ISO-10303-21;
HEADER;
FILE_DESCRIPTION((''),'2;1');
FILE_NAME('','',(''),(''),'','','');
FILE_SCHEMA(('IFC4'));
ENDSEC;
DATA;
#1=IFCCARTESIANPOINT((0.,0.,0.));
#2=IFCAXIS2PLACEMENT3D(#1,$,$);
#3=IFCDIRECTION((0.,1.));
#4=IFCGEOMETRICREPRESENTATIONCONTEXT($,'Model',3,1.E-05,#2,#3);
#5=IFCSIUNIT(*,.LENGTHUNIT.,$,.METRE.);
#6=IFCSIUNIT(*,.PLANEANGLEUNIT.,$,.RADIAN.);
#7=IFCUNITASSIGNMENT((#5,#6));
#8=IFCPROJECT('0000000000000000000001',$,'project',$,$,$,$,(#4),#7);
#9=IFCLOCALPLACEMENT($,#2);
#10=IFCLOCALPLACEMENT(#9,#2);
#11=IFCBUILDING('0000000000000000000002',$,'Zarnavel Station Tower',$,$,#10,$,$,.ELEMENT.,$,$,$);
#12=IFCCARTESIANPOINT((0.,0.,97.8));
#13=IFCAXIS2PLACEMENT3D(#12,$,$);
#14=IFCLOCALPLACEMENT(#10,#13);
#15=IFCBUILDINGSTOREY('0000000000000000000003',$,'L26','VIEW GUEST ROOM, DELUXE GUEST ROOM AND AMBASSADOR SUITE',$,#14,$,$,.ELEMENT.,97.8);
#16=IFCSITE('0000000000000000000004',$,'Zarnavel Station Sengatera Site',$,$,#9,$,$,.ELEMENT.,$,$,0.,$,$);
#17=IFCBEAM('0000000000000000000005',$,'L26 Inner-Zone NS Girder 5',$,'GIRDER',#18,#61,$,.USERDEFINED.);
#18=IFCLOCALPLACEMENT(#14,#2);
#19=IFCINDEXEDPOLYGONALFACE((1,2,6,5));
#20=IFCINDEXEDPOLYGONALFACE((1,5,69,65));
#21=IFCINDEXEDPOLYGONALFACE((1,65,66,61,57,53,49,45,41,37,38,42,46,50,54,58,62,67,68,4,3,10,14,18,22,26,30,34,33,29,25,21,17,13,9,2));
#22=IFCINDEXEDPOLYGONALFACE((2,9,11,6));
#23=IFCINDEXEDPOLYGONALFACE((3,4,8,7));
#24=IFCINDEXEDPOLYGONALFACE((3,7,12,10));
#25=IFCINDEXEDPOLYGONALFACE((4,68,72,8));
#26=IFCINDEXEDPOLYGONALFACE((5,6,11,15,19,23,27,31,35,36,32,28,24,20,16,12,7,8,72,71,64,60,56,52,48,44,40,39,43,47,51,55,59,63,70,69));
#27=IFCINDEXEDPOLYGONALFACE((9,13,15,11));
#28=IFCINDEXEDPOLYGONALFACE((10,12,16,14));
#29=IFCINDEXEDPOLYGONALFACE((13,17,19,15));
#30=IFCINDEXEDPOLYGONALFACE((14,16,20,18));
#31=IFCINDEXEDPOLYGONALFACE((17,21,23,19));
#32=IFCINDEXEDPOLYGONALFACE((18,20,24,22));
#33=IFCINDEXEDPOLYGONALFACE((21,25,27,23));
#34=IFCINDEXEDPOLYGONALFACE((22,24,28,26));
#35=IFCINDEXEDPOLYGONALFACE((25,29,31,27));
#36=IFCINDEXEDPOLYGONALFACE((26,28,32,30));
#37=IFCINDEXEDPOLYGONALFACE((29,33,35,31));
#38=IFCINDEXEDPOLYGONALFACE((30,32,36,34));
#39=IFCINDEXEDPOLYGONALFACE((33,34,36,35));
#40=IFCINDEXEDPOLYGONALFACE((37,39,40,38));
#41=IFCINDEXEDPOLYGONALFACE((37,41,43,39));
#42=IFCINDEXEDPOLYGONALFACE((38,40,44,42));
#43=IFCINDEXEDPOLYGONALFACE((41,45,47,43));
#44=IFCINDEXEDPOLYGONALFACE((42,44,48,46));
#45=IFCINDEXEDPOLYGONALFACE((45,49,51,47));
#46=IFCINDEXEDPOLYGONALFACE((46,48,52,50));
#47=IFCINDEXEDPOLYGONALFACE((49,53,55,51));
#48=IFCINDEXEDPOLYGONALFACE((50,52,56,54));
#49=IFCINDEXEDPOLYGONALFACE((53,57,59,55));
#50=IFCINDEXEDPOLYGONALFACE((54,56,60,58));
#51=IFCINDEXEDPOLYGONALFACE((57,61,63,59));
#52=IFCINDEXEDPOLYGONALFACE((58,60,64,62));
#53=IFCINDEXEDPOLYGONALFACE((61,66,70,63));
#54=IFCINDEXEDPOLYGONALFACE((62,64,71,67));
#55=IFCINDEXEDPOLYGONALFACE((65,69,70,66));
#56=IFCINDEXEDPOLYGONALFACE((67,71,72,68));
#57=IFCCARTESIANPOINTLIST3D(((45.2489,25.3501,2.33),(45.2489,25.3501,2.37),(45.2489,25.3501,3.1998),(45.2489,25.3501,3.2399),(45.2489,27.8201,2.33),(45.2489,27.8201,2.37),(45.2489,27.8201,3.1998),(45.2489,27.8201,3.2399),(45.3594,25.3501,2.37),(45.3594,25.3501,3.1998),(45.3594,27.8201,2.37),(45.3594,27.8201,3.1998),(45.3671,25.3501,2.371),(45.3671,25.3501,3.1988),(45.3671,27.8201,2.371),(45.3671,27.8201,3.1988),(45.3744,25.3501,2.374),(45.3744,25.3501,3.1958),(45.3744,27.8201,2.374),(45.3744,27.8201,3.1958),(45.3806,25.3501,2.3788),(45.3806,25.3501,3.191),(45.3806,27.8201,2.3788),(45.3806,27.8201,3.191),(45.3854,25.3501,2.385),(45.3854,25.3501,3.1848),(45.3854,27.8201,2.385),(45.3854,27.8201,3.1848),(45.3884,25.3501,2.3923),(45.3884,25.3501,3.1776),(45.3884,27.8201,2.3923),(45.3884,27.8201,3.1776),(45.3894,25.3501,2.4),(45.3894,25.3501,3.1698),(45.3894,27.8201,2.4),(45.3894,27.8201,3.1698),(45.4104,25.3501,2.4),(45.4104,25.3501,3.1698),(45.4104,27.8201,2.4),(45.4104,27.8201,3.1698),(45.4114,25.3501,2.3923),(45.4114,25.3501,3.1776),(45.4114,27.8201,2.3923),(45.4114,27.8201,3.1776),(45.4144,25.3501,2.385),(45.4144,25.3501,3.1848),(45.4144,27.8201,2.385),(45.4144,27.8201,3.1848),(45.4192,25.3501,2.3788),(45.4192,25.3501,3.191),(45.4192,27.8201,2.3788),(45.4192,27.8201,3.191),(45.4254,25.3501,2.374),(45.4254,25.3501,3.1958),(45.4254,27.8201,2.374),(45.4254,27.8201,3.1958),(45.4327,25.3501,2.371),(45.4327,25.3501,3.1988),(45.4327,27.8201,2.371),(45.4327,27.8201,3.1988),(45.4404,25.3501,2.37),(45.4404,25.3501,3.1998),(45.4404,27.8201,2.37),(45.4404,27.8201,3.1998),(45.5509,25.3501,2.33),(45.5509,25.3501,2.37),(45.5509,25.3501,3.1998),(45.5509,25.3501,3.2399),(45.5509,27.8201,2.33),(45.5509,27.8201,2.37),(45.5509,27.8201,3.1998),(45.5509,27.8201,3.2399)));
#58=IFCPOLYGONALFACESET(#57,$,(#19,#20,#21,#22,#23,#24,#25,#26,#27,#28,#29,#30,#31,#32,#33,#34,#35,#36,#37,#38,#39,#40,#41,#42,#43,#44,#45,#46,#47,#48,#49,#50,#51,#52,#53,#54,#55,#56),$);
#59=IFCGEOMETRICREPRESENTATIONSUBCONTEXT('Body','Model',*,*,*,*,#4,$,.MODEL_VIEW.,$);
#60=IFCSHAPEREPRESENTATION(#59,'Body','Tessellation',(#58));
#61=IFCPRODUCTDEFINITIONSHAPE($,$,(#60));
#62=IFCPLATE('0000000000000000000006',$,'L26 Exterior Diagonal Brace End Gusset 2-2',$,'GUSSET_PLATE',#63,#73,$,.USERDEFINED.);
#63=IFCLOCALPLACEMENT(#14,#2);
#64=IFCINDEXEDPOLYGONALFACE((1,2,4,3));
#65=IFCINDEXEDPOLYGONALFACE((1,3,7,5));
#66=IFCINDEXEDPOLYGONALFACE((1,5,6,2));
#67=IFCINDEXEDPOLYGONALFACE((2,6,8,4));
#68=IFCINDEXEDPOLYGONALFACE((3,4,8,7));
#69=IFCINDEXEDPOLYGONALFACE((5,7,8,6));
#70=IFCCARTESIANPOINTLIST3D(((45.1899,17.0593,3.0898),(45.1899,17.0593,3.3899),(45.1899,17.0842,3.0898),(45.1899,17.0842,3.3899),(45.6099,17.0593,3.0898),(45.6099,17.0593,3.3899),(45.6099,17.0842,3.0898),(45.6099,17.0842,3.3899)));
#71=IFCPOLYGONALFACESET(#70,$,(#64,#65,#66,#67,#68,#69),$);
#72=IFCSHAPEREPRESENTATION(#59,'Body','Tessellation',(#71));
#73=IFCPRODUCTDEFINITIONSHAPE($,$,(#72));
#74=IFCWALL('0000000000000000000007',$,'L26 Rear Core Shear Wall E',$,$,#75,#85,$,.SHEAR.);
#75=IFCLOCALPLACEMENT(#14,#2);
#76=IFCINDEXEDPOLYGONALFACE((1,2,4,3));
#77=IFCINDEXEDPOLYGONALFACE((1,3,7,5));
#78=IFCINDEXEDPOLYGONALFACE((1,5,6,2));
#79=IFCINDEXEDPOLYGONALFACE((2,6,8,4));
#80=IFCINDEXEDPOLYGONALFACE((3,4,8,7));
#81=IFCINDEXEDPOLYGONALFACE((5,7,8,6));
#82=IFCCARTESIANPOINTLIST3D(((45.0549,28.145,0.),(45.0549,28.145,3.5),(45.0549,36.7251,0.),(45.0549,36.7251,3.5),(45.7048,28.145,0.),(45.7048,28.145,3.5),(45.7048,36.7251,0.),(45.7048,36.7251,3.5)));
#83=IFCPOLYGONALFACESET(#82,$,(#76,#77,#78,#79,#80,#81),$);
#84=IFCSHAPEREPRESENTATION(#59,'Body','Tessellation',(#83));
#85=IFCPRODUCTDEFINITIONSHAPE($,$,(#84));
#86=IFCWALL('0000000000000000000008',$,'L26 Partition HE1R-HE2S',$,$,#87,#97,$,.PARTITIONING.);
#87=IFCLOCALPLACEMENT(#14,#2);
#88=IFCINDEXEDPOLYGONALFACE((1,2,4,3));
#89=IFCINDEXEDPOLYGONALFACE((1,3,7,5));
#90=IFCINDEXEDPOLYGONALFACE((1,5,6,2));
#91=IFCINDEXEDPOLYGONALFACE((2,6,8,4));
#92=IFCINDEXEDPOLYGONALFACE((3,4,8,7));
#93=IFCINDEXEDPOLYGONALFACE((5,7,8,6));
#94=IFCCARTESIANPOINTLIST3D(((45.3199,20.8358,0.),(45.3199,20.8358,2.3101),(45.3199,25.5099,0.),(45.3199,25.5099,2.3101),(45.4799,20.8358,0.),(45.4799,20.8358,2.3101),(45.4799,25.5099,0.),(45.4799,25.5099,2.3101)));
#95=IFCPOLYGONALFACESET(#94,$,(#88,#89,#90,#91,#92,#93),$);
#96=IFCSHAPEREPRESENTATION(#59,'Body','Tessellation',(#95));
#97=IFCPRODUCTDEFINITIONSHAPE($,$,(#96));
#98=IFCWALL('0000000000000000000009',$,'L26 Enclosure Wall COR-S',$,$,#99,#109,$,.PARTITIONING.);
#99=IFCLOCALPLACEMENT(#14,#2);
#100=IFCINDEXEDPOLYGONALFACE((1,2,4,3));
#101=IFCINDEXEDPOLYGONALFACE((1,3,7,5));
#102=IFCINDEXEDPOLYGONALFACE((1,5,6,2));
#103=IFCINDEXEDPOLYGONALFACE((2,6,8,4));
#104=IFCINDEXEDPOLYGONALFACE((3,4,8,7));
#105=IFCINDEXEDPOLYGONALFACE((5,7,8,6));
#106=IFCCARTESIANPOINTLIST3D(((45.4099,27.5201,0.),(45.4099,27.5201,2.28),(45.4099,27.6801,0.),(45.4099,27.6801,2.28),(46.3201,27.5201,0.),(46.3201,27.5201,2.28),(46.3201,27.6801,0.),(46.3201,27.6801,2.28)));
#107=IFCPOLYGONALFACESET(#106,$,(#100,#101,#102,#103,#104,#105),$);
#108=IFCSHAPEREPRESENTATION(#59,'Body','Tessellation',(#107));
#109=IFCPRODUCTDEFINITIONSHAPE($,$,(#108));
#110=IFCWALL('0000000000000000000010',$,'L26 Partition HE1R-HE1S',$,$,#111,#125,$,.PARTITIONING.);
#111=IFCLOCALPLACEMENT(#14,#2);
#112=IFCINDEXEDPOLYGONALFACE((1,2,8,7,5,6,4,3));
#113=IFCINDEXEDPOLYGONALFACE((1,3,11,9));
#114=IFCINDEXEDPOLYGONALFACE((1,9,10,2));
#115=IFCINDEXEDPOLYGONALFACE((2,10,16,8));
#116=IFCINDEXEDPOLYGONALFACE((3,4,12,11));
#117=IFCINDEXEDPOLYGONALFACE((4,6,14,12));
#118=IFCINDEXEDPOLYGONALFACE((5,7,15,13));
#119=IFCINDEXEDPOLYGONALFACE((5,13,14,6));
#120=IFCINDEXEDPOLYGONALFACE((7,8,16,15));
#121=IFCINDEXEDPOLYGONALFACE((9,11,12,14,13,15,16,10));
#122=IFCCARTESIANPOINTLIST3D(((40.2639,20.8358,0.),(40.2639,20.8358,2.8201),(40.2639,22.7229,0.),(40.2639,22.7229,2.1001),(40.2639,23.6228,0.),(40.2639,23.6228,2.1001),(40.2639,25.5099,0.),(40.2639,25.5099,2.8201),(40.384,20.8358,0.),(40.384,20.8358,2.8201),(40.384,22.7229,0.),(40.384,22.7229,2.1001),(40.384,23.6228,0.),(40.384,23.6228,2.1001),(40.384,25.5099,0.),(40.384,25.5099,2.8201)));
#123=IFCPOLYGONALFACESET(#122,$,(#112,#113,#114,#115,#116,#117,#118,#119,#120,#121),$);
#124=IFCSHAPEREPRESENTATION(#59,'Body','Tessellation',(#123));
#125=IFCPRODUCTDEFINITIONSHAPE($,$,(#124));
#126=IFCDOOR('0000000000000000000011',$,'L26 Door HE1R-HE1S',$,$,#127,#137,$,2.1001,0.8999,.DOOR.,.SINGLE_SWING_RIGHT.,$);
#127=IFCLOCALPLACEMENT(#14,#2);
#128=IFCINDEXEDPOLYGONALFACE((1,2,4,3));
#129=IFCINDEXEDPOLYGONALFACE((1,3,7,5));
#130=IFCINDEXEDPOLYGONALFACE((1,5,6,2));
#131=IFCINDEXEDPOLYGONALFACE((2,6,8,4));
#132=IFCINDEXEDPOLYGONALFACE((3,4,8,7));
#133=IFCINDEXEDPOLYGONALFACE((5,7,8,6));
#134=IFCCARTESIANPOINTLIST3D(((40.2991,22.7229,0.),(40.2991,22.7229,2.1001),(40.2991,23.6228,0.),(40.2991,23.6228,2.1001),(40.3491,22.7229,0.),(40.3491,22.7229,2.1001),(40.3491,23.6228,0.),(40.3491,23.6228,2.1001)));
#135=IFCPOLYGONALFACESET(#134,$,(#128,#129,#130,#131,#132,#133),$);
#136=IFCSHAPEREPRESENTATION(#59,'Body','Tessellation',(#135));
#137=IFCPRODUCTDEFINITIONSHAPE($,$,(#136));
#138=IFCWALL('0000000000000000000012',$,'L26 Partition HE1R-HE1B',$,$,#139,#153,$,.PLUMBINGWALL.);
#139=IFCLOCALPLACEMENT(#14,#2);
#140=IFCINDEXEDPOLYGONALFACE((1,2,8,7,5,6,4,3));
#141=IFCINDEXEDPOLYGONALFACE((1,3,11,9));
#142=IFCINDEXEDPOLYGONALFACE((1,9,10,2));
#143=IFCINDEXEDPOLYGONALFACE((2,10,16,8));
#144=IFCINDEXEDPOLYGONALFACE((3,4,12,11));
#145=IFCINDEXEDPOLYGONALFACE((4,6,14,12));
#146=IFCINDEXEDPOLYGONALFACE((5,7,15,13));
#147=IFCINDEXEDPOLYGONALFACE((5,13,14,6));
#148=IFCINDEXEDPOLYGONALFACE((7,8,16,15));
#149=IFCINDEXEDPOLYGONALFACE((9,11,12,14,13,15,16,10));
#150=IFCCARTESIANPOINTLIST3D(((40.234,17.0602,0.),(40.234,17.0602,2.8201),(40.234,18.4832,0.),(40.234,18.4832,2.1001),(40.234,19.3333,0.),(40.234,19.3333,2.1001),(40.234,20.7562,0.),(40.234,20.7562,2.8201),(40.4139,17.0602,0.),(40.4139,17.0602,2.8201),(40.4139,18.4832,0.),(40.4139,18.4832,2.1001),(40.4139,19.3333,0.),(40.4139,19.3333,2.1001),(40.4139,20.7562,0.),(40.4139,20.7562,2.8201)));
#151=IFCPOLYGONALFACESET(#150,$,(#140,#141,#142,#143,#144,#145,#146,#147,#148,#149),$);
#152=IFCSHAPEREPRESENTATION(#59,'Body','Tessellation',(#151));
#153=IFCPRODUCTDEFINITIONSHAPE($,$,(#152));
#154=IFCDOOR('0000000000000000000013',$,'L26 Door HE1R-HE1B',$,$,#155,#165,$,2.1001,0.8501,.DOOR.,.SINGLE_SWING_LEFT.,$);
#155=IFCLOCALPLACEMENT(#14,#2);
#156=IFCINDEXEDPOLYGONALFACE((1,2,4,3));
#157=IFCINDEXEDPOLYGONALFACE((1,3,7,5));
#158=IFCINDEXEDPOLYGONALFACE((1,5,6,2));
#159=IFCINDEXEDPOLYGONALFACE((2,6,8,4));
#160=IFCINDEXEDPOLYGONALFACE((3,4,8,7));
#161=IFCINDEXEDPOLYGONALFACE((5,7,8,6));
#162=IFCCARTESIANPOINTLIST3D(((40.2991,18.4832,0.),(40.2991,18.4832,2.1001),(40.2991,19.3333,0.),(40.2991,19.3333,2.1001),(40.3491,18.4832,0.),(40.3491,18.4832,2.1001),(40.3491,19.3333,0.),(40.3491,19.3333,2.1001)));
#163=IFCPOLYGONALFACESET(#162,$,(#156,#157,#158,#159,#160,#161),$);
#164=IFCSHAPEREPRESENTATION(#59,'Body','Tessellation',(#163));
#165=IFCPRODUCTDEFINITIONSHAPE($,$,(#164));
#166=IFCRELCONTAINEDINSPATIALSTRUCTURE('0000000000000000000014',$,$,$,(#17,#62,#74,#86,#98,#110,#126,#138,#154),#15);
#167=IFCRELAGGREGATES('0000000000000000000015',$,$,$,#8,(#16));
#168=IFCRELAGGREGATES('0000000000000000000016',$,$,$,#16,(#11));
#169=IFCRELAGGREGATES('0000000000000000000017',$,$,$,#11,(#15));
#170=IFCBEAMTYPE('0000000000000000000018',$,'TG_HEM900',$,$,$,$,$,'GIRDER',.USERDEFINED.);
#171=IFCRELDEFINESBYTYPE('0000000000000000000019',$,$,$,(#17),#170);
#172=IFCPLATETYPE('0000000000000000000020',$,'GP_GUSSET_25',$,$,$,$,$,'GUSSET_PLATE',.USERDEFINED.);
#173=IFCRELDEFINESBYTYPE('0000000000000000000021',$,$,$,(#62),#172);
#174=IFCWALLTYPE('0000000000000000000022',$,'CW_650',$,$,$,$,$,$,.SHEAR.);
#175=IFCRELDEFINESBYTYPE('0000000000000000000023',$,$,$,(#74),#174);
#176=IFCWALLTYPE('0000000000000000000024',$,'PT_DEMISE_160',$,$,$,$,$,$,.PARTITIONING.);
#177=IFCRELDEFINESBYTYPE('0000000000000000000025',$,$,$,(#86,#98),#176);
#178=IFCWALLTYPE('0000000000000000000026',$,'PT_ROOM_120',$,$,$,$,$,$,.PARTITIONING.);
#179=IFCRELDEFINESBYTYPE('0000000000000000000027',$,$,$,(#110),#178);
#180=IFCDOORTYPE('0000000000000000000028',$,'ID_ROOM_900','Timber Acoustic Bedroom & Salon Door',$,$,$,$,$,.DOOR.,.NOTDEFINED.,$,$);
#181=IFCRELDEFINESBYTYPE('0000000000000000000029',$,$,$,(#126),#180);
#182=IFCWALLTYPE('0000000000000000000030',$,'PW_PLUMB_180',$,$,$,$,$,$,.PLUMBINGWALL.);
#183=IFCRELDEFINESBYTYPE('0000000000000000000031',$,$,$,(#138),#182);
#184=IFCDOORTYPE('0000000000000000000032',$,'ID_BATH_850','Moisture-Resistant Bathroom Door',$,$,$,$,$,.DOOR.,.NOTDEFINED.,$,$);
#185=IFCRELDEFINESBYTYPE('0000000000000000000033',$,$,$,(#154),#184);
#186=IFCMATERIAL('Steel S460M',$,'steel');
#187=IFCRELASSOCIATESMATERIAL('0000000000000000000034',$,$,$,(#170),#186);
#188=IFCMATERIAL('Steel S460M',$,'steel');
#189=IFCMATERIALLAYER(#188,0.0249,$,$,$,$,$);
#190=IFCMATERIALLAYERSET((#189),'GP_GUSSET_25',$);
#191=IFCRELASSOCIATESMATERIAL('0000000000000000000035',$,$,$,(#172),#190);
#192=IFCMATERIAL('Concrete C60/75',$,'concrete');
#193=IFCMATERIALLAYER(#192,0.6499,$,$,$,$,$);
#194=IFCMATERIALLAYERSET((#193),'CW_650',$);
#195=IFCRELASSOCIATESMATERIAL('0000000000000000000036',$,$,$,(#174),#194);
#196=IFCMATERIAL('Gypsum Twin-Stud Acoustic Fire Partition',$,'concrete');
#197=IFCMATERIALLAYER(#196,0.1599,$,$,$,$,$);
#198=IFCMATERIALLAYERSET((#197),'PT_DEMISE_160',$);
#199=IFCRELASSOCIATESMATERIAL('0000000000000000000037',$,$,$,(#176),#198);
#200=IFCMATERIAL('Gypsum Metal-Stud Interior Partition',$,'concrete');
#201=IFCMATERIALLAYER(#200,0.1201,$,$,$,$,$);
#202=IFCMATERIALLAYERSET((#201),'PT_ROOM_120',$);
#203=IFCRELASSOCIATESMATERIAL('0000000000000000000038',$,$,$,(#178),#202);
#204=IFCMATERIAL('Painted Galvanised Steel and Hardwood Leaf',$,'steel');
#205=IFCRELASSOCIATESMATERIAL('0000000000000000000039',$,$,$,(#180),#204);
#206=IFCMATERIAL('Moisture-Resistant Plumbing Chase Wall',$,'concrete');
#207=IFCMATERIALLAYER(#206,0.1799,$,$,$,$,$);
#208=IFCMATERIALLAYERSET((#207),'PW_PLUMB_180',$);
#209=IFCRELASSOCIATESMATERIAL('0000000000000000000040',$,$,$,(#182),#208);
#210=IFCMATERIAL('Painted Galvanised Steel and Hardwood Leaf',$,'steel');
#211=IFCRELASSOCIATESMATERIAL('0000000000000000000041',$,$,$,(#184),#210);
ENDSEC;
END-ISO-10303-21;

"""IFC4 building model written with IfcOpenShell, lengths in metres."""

from ifc_helpers import new_model, si_unit, direction, frame, frame_2d, origin, origin_2d, place, context, subcontext, project, spatial, rectangle, i_section, extrude, material, layer, layer_set, material_profile, profile_set, type_object, element, fill, save


model = new_model("IFC4")

# Units and contexts
model_context = context("Model", 3, precision=1e-05, world=origin(), true_north=direction((0.0, 1.0)))
body_context = subcontext(model_context, "Body", "Model", "MODEL_VIEW")
ifc_project = project(units=[si_unit("LENGTHUNIT", "METRE"), si_unit("PLANEANGLEUNIT", "RADIAN")], contexts=[model_context])

# Site, building, storey
site_placement = place(None, origin())
site = spatial("IfcSite", under=ifc_project, at=site_placement, Name="Zarnavel Station Sengatera Site", CompositionType="ELEMENT", RefElevation=0.0)
building_placement = place(site_placement, origin())
building = spatial("IfcBuilding", under=site, at=building_placement, Name="Zarnavel Station Tower", CompositionType="ELEMENT")
storey_placement = place(building_placement, frame((0.0, 0.0, 97.8)))
storey = spatial("IfcBuildingStorey", under=building, at=storey_placement, Name="L26", Description="VIEW GUEST ROOM, DELUXE GUEST ROOM AND AMBASSADOR SUITE", CompositionType="ELEMENT", Elevation=97.8)

# Beam
ifc_material_1 = material(Name="Steel S460M", Category="steel")
ifc_material_profile_1 = material_profile(ifc_material_1, i_section(OverallWidth=0.302, OverallDepth=0.9099, WebThickness=0.021, FlangeThickness=0.04, FilletRadius=0.03, at=origin_2d()), Name="HEM900")
ifc_profile_set_1 = profile_set([ifc_material_profile_1], Name="Steel S460M")
beam_type_1 = type_object("IfcBeamType", Name="TG_HEM900", ElementType="GIRDER", PredefinedType="USERDEFINED", material=ifc_profile_set_1)
beam_1_placement = place(storey_placement, frame((45.3999, 25.3501, 2.7849), z_axis=(0.0, 1.0, 0.0), x_axis=(-1.0, 0.0, 0.0)))
element("IfcBeam", 1, at=beam_1_placement, inside=storey, type_object=beam_type_1, Name="L26 Inner-Zone NS Girder 5", ObjectType="GIRDER", PredefinedType="USERDEFINED", context=body_context, shape_type="SweptSolid", body=[
    extrude(i_section(OverallWidth=0.302, OverallDepth=0.9099, WebThickness=0.021, FlangeThickness=0.04, FilletRadius=0.03, at=origin_2d()), origin(), (0.0, 0.0, 1.0), 2.47),
])

# Plate
ifc_material_2 = material(Name="Steel S460M", Category="steel")
ifc_layer_1 = layer(ifc_material_2, 0.0249)
ifc_layer_set_1 = layer_set([ifc_layer_1], Name="GP_GUSSET_25")
plate_type = type_object("IfcPlateType", Name="GP_GUSSET_25", ElementType="GUSSET_PLATE", PredefinedType="USERDEFINED", material=ifc_layer_set_1)
plate_placement = place(storey_placement, frame((45.3999, 17.0718, 3.0898), z_axis=(0.0, 0.0, 1.0), x_axis=(1.0, 0.0, 0.0)))
element("IfcPlate", 2, at=plate_placement, inside=storey, type_object=plate_type, Name="L26 Exterior Diagonal Brace End Gusset 2-2", ObjectType="GUSSET_PLATE", PredefinedType="USERDEFINED", context=body_context, shape_type="SweptSolid", body=[
    extrude(rectangle(XDim=0.4199, YDim=0.0249, at=origin_2d()), origin(), (0.0, 0.0, 1.0), 0.3),
])

# Shared definitions
ifc_material_3 = material(Name="Concrete C60/75", Category="concrete")
ifc_layer_2 = layer(ifc_material_3, 0.6499)
ifc_layer_set_2 = layer_set([ifc_layer_2], Name="CW_650")
wall_type_1 = type_object("IfcWallType", Name="CW_650", PredefinedType="SHEAR", material=ifc_layer_set_2)

# Wall
wall_1_placement = place(storey_placement, frame((45.3799, 28.145, 0.0), z_axis=(0.0, 0.0, 1.0), x_axis=(0.0, 1.0, 0.0)))
element("IfcWall", 3, at=wall_1_placement, inside=storey, type_object=wall_type_1, Name="L26 Rear Core Shear Wall E", PredefinedType="SHEAR", context=body_context, shape_type="SweptSolid", body=[
    extrude(rectangle(XDim=8.5801, YDim=0.6499, at=frame_2d((4.29, 0.0))), origin(), (0.0, 0.0, 1.0), 3.5),
])

# Shared definitions
ifc_material_4 = material(Name="Gypsum Twin-Stud Acoustic Fire Partition", Category="concrete")
ifc_layer_3 = layer(ifc_material_4, 0.1599)
ifc_layer_set_3 = layer_set([ifc_layer_3], Name="PT_DEMISE_160")
wall_type_2 = type_object("IfcWallType", Name="PT_DEMISE_160", PredefinedType="PARTITIONING", material=ifc_layer_set_3)

# Walls
wall_2_placement = place(storey_placement, frame((45.3999, 20.8359, 0.0), z_axis=(0.0, 0.0, 1.0), x_axis=(0.0, 1.0, 0.0)))
element("IfcWall", 4, at=wall_2_placement, inside=storey, type_object=wall_type_2, Name="L26 Partition HE1R-HE2S", PredefinedType="PARTITIONING", context=body_context, shape_type="SweptSolid", body=[
    extrude(rectangle(XDim=4.6741, YDim=0.1599, at=frame_2d((2.3369, 0.0))), origin(), (0.0, 0.0, 1.0), 2.3101),
])
wall_3_placement = place(storey_placement, frame((45.4099, 27.6001, 0.0), z_axis=(0.0, 0.0, 1.0), x_axis=(1.0, 0.0, 0.0)))
element("IfcWall", 5, at=wall_3_placement, inside=storey, type_object=wall_type_2, Name="L26 Enclosure Wall COR-S", PredefinedType="PARTITIONING", context=body_context, shape_type="SweptSolid", body=[
    extrude(rectangle(XDim=0.9102, YDim=0.1599, at=frame_2d((0.4551, 0.0))), origin(), (0.0, 0.0, 1.0), 2.28),
])

# Walls, openings, doors
ifc_material_5 = material(Name="Gypsum Metal-Stud Interior Partition", Category="concrete")
ifc_layer_4 = layer(ifc_material_5, 0.1201)
ifc_layer_set_4 = layer_set([ifc_layer_4], Name="PT_ROOM_120")
wall_type_3 = type_object("IfcWallType", Name="PT_ROOM_120", PredefinedType="PARTITIONING", material=ifc_layer_set_4)
wall_4_placement = place(storey_placement, frame((40.324, 20.8359, 0.0), z_axis=(0.0, 0.0, 1.0), x_axis=(0.0, 1.0, 0.0)))
wall_4 = element("IfcWall", 6, at=wall_4_placement, inside=storey, type_object=wall_type_3, Name="L26 Partition HE1R-HE1S", PredefinedType="PARTITIONING", context=body_context, shape_type="SweptSolid", body=[
    extrude(rectangle(XDim=4.6741, YDim=0.1201, at=frame_2d((2.3369, 0.0))), origin(), (0.0, 0.0, 1.0), 2.8201),
])
opening_1_placement = place(wall_4_placement, frame((1.887, 0.0, 0.0)))
opening_1 = element("IfcOpeningElement", 7, at=opening_1_placement, cuts=wall_4, PredefinedType="OPENING", context=body_context, shape_type="SweptSolid", body=[
    extrude(rectangle(XDim=0.8999, YDim=2.1001, at=frame_2d((0.45, 1.05))), frame((0.0, 0.0701, 0.0), z_axis=(0.0, -1.0, 0.0), x_axis=(1.0, 0.0, 0.0)), (0.0, 0.0, 1.0), 0.1401),
])
ifc_material_6 = material(Name="Painted Galvanised Steel and Hardwood Leaf", Category="steel")
door_type_1 = type_object("IfcDoorType", Name="ID_ROOM_900", Description="Timber Acoustic Bedroom & Salon Door", OperationType="NOTDEFINED", PredefinedType="DOOR", material=ifc_material_6)
door_1_placement = place(opening_1_placement, origin())
door_1 = element("IfcDoor", 8, at=door_1_placement, inside=storey, type_object=door_type_1, Name="L26 Door HE1R-HE1S", OperationType="SINGLE_SWING_RIGHT", OverallHeight=2.1001, OverallWidth=0.8999, PredefinedType="DOOR", context=body_context, shape_type="SweptSolid", body=[
    extrude(rectangle(XDim=0.8999, YDim=2.1001, at=frame_2d((0.45, 1.05))), frame((0.0, 0.0249, 0.0), z_axis=(0.0, -1.0, 0.0), x_axis=(1.0, 0.0, 0.0)), (0.0, 0.0, 1.0), 0.05),
])
fill(opening_1, door_1)
ifc_material_7 = material(Name="Moisture-Resistant Plumbing Chase Wall", Category="concrete")
ifc_layer_5 = layer(ifc_material_7, 0.1799)
ifc_layer_set_5 = layer_set([ifc_layer_5], Name="PW_PLUMB_180")
wall_type_4 = type_object("IfcWallType", Name="PW_PLUMB_180", PredefinedType="PLUMBINGWALL", material=ifc_layer_set_5)
wall_5_placement = place(storey_placement, frame((40.324, 17.0601, 0.0), z_axis=(0.0, 0.0, 1.0), x_axis=(0.0, 1.0, 0.0)))
wall_5 = element("IfcWall", 9, at=wall_5_placement, inside=storey, type_object=wall_type_4, Name="L26 Partition HE1R-HE1B", PredefinedType="PLUMBINGWALL", context=body_context, shape_type="SweptSolid", body=[
    extrude(rectangle(XDim=3.696, YDim=0.1799, at=frame_2d((1.8481, 0.0))), origin(), (0.0, 0.0, 1.0), 2.8201),
])
opening_2_placement = place(wall_5_placement, frame((1.4231, 0.0, 0.0)))
opening_2 = element("IfcOpeningElement", 10, at=opening_2_placement, cuts=wall_5, PredefinedType="OPENING", context=body_context, shape_type="SweptSolid", body=[
    extrude(rectangle(XDim=0.8501, YDim=2.1001, at=frame_2d((0.425, 1.05))), frame((0.0, 0.0999, 0.0), z_axis=(0.0, -1.0, 0.0), x_axis=(1.0, 0.0, 0.0)), (0.0, 0.0, 1.0), 0.2),
])
ifc_material_8 = material(Name="Painted Galvanised Steel and Hardwood Leaf", Category="steel")
door_type_2 = type_object("IfcDoorType", Name="ID_BATH_850", Description="Moisture-Resistant Bathroom Door", OperationType="NOTDEFINED", PredefinedType="DOOR", material=ifc_material_8)
door_2_placement = place(opening_2_placement, origin())
door_2 = element("IfcDoor", 11, at=door_2_placement, inside=storey, type_object=door_type_2, Name="L26 Door HE1R-HE1B", OperationType="SINGLE_SWING_LEFT", OverallHeight=2.1001, OverallWidth=0.8501, PredefinedType="DOOR", context=body_context, shape_type="SweptSolid", body=[
    extrude(rectangle(XDim=0.8501, YDim=2.1001, at=frame_2d((0.425, 1.05))), frame((0.0, 0.0249, 0.0), z_axis=(0.0, -1.0, 0.0), x_axis=(1.0, 0.0, 0.0)), (0.0, 0.0, 1.0), 0.05),
])
fill(opening_2, door_2)

save(model, "model.ifc")
